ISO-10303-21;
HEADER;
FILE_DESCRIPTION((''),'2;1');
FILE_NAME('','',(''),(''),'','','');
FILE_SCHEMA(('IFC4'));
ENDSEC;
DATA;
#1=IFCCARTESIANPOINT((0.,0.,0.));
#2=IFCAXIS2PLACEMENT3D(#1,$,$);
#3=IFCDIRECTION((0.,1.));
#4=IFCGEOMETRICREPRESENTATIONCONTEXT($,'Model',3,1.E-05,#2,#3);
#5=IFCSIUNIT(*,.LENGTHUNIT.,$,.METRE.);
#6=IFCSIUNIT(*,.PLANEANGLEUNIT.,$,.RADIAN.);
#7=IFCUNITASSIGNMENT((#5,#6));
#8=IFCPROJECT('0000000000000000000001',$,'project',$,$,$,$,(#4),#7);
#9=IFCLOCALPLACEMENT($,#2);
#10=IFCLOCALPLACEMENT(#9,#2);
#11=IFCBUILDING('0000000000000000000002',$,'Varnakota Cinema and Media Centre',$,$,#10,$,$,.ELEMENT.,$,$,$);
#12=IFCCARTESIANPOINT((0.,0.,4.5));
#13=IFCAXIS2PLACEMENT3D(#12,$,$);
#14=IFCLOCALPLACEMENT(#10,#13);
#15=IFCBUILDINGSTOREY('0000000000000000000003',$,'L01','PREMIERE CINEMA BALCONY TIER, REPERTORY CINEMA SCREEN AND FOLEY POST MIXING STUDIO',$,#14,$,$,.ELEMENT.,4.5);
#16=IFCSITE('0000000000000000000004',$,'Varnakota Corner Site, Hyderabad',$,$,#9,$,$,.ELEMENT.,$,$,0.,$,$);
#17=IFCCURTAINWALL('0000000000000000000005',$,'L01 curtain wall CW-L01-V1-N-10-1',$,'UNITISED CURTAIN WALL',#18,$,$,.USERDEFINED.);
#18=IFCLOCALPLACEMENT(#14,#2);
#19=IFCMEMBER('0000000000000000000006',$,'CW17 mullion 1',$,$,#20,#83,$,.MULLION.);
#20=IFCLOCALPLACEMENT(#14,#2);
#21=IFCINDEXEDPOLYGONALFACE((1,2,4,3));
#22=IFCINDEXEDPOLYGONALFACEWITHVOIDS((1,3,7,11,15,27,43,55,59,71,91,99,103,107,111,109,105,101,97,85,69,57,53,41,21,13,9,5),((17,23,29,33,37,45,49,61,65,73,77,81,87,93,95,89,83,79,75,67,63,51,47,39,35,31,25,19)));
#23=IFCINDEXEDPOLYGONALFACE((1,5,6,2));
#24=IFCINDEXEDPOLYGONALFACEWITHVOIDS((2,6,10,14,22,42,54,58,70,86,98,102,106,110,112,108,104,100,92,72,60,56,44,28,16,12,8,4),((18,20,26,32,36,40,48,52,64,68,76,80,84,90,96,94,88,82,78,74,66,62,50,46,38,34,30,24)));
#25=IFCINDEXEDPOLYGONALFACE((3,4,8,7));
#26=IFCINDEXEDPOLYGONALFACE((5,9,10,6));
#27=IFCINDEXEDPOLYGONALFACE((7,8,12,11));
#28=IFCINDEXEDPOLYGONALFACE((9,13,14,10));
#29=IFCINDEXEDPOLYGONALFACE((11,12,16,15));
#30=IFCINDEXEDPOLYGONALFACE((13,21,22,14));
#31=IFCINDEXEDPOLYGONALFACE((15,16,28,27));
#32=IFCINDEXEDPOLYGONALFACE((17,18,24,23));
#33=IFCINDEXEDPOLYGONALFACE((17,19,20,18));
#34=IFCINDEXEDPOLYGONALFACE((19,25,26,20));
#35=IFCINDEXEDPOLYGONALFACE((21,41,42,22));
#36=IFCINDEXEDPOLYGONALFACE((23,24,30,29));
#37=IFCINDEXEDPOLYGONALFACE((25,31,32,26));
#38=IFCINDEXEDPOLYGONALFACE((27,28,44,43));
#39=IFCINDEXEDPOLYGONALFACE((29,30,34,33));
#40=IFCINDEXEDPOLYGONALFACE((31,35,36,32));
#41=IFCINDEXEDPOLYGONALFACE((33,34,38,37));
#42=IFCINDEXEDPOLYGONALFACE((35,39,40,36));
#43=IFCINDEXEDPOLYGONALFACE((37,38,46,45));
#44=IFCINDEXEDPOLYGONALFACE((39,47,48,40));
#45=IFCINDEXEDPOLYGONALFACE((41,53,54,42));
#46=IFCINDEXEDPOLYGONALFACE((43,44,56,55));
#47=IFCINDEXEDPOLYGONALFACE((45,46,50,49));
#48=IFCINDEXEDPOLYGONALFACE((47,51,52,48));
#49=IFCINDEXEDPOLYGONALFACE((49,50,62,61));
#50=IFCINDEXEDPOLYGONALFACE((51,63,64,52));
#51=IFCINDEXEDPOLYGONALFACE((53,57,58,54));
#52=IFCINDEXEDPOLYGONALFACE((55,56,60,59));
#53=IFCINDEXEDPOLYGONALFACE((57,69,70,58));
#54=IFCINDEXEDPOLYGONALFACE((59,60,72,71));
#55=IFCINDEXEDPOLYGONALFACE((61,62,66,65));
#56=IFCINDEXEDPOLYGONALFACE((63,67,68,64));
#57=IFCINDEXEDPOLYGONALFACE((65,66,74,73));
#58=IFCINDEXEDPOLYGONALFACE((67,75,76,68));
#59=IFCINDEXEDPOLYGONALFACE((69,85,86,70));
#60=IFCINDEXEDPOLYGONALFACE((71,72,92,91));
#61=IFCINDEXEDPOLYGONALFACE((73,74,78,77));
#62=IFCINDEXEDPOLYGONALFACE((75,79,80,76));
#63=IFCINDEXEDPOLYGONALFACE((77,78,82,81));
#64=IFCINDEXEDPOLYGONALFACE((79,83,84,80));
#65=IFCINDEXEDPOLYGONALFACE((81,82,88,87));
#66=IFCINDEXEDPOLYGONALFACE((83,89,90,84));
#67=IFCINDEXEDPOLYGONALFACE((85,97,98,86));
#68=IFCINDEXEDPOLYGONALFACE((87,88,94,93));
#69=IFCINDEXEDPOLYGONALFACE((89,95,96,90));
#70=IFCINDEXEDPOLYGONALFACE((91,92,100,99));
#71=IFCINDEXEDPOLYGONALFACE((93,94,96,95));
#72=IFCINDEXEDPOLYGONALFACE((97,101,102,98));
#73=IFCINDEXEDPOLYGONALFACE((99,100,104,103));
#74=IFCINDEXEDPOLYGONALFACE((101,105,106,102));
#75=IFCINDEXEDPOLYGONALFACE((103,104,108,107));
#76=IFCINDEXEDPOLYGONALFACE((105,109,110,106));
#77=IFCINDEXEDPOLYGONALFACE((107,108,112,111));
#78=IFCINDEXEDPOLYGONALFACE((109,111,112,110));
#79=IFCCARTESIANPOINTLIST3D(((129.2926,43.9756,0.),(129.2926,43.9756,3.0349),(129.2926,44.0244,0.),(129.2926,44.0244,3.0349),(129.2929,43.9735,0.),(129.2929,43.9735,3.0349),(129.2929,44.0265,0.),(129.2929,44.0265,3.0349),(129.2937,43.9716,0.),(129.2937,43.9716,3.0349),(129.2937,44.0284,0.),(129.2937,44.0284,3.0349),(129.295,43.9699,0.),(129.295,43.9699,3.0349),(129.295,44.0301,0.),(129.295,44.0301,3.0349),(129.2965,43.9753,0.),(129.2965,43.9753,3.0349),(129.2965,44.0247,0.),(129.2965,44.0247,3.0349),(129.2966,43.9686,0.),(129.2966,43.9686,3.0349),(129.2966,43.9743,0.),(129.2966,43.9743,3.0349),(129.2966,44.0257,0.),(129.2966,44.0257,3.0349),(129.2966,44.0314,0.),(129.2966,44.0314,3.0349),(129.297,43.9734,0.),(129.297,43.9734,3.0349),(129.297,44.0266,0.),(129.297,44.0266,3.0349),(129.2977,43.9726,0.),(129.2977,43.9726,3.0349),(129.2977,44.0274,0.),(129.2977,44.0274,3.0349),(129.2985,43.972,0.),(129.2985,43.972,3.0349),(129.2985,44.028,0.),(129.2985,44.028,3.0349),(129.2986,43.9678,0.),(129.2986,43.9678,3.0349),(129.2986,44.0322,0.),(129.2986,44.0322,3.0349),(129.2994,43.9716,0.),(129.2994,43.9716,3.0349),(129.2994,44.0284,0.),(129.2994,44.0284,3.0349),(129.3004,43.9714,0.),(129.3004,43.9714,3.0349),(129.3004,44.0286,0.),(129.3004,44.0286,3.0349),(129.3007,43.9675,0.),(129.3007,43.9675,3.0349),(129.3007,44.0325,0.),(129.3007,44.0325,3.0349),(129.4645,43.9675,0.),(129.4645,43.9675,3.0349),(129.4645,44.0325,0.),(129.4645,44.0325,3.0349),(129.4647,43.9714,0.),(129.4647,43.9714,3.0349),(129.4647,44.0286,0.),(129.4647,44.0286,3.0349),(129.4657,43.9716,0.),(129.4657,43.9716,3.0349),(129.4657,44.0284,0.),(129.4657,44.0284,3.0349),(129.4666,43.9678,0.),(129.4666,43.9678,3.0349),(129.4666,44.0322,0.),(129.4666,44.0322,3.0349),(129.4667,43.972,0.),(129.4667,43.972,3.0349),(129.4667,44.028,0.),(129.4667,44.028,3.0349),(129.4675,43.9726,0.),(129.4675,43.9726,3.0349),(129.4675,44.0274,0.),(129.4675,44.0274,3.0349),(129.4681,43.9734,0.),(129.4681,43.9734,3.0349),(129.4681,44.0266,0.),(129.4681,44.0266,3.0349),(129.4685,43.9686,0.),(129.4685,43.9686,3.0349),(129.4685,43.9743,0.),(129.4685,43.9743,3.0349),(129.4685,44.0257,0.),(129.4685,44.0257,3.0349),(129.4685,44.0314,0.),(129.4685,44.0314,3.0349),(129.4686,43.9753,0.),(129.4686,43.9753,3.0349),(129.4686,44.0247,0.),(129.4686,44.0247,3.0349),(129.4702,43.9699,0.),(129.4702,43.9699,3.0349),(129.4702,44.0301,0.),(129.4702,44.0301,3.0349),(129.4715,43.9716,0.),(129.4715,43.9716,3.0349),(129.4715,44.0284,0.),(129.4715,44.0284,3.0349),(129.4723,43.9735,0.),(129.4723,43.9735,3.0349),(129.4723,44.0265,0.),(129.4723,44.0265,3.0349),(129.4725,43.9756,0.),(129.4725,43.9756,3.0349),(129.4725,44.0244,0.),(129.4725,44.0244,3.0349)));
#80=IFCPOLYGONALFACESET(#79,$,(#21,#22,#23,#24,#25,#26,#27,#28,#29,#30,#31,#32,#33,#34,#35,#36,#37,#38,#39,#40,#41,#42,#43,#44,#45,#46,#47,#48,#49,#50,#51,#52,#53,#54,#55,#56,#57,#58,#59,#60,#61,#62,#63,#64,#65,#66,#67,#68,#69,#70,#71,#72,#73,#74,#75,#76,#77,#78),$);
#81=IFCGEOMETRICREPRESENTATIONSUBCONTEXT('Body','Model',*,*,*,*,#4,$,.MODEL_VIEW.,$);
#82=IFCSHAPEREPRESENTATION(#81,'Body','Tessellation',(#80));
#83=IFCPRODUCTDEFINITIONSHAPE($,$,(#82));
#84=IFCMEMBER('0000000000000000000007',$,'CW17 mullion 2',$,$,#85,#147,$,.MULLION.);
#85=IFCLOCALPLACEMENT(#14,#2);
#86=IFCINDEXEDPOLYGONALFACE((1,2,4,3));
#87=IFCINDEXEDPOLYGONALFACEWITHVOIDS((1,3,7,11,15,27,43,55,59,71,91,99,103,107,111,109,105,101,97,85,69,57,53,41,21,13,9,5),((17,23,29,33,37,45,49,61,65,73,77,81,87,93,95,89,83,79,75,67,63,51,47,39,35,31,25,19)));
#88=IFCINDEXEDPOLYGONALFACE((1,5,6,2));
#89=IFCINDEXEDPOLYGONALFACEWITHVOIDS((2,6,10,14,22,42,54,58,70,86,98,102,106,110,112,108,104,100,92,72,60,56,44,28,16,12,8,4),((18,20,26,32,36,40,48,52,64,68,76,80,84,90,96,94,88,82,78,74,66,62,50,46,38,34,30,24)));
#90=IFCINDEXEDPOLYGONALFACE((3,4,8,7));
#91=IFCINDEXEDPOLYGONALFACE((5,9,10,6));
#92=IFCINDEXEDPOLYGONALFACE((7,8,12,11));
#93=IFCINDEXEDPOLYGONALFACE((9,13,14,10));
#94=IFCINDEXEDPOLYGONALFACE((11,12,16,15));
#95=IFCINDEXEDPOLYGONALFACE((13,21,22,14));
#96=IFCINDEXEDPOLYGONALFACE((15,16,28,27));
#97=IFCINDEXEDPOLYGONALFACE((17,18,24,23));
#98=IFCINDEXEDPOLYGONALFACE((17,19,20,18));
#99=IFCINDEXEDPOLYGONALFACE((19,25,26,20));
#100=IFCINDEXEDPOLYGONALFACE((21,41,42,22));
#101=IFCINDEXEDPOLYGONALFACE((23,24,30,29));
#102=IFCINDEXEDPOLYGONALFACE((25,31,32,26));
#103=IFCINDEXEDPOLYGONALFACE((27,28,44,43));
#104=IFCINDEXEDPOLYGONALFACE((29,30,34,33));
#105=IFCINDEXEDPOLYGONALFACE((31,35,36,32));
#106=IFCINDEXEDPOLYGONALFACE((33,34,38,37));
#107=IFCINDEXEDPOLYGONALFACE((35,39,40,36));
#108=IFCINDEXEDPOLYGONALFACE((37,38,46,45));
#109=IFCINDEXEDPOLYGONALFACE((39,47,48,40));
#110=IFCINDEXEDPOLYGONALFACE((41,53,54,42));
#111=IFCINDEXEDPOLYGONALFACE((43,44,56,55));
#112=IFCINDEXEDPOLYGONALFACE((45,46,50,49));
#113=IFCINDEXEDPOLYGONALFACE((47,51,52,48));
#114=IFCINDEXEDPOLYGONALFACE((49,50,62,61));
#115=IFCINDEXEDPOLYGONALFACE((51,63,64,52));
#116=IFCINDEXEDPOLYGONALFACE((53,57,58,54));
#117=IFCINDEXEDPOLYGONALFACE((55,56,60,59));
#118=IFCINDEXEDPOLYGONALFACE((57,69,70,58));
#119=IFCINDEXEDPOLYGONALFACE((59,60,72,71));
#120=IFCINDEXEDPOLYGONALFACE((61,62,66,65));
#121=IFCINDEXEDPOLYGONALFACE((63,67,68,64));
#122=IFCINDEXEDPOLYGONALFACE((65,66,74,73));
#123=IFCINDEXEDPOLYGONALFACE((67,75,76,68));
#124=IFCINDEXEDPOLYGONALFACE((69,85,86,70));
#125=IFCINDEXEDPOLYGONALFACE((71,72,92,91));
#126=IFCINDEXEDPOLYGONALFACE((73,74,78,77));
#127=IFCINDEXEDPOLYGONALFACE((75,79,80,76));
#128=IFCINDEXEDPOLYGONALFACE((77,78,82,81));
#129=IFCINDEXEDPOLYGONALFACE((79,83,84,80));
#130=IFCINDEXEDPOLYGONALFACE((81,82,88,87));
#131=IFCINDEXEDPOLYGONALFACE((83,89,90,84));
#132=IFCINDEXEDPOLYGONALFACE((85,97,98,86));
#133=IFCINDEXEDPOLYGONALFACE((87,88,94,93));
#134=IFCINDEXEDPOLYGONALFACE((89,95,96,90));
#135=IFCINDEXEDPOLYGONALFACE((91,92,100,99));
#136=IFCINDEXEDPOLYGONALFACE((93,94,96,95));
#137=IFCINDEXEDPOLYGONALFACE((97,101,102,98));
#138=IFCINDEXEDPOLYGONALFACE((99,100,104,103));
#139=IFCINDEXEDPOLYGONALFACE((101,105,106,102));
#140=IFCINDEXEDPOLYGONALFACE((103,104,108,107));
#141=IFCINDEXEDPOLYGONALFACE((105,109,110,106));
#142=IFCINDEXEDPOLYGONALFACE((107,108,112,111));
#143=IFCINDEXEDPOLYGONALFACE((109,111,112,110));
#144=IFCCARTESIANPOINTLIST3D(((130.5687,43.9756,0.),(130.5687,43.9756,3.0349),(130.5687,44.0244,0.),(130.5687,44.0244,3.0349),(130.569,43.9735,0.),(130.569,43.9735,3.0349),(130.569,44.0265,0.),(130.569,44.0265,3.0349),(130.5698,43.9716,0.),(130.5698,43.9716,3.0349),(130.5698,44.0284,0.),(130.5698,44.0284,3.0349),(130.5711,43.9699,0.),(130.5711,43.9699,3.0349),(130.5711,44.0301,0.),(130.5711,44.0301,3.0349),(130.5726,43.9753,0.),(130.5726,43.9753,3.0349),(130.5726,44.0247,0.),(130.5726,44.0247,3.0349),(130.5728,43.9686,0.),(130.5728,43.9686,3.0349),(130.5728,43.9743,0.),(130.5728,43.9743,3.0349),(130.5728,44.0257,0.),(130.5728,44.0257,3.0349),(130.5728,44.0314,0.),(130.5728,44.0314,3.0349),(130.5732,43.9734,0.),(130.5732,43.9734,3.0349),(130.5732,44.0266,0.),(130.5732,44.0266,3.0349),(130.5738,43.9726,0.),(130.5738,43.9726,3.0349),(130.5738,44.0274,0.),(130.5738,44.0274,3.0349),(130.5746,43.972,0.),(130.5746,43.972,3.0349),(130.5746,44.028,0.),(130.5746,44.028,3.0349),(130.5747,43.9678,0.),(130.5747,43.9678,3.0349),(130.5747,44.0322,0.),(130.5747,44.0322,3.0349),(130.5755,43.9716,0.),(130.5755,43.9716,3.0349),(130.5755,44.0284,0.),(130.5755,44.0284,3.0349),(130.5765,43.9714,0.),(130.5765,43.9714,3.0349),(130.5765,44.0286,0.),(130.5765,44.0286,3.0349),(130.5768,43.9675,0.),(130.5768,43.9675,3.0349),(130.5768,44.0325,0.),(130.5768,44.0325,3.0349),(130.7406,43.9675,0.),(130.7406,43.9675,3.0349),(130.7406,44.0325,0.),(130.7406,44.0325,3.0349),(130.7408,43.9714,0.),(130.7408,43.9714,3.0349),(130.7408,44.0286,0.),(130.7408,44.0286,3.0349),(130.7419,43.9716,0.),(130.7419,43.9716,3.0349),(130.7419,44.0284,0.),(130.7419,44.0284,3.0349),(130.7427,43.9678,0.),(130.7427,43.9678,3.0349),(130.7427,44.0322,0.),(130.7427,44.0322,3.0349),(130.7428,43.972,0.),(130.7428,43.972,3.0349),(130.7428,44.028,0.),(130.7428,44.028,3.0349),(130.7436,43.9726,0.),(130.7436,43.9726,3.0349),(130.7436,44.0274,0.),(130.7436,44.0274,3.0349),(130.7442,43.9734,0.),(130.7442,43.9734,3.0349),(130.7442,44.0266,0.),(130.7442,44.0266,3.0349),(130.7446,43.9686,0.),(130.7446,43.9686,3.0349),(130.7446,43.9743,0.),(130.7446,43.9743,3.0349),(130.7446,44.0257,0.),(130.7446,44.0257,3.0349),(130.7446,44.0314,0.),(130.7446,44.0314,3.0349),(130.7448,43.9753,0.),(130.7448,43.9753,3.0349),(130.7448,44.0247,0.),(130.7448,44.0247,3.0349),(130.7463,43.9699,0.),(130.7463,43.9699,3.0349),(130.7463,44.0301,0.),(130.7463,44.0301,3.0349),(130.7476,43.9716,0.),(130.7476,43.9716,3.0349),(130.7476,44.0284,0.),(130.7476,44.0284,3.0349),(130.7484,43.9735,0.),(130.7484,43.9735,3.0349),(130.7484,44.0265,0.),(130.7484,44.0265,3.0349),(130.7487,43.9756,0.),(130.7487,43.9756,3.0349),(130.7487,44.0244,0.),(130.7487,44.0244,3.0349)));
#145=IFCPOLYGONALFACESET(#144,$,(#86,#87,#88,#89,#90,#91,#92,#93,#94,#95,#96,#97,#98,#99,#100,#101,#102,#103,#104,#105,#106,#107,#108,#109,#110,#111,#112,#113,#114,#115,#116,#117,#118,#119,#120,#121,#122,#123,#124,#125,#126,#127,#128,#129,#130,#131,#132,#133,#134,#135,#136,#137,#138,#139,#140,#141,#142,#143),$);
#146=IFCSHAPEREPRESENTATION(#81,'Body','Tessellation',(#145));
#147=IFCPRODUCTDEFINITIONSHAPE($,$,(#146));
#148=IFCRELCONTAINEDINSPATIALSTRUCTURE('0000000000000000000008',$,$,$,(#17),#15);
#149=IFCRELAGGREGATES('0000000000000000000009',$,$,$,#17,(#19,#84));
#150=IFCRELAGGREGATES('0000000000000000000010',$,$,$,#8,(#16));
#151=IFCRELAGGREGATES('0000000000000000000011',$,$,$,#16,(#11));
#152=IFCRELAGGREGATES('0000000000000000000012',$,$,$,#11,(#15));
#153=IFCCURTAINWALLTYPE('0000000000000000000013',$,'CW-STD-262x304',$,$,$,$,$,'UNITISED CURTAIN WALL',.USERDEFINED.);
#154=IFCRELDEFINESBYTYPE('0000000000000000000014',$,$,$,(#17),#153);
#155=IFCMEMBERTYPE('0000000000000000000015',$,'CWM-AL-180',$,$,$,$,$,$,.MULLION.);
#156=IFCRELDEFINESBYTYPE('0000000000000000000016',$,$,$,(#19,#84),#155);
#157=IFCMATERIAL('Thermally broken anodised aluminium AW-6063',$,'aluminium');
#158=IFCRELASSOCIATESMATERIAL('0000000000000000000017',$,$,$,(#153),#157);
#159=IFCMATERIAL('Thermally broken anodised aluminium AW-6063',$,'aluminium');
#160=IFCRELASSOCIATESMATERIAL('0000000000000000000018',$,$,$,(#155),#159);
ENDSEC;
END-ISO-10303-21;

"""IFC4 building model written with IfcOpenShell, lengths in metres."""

from ifc_helpers import new_model, si_unit, direction, frame, origin, origin_2d, place, context, subcontext, project, spatial, hollow_rectangle, extrude, material, material_profile, profile_set, type_object, element, aggregate, save


model = new_model("IFC4")

# Units and contexts
model_context = context("Model", 3, precision=1e-05, world=origin(), true_north=direction((0.0, 1.0)))
body_context = subcontext(model_context, "Body", "Model", "MODEL_VIEW")
ifc_project = project(units=[si_unit("LENGTHUNIT", "METRE"), si_unit("PLANEANGLEUNIT", "RADIAN")], contexts=[model_context])

# Site, building, storey
site_placement = place(None, origin())
site = spatial("IfcSite", under=ifc_project, at=site_placement, Name="Varnakota Corner Site, Hyderabad", CompositionType="ELEMENT", RefElevation=0.0)
building_placement = place(site_placement, origin())
building = spatial("IfcBuilding", under=site, at=building_placement, Name="Varnakota Cinema and Media Centre", CompositionType="ELEMENT")
storey_placement = place(building_placement, frame((0.0, 0.0, 4.5)))
storey = spatial("IfcBuildingStorey", under=building, at=storey_placement, Name="L01", Description="PREMIERE CINEMA BALCONY TIER, REPERTORY CINEMA SCREEN AND FOLEY POST MIXING STUDIO", CompositionType="ELEMENT", Elevation=4.5)

# Curtain wall, members
ifc_material_1 = material(Name="Thermally broken anodised aluminium AW-6063", Category="aluminium")
curtain_wall_type = type_object("IfcCurtainWallType", Name="CW-STD-262x304", ElementType="UNITISED CURTAIN WALL", PredefinedType="USERDEFINED", material=ifc_material_1)
ifc_material_2 = material(Name="Thermally broken anodised aluminium AW-6063", Category="aluminium")
ifc_material_profile_1 = material_profile(ifc_material_2, hollow_rectangle(XDim=0.0649, YDim=0.1799, WallThickness=0.0039, InnerFilletRadius=0.0039, OuterFilletRadius=0.0081, at=origin_2d()), Name="AL-MULLION 180x65x4")
ifc_profile_set_1 = profile_set([ifc_material_profile_1], Name="Thermally broken anodised aluminium AW-6063")
member_type_1 = type_object("IfcMemberType", Name="CWM-AL-180", PredefinedType="MULLION", material=ifc_profile_set_1)
curtain_wall_1_placement = place(storey_placement, origin())
curtain_wall_1 = element("IfcCurtainWall", 1, at=curtain_wall_1_placement, inside=storey, type_object=curtain_wall_type, Name="L01 curtain wall CW-L01-V1-N-10-1", ObjectType="UNITISED CURTAIN WALL", PredefinedType="USERDEFINED")
member_1_placement = place(storey_placement, frame((129.3826, 44.0, 0.0), z_axis=(0.0, 0.0, 1.0), x_axis=(0.0, 1.0, 0.0)))
member_1 = element("IfcMember", 2, at=member_1_placement, type_object=member_type_1, Name="CW17 mullion 1", PredefinedType="MULLION", context=body_context, shape_type="SweptSolid", body=[
    extrude(hollow_rectangle(XDim=0.0649, YDim=0.1799, WallThickness=0.0039, InnerFilletRadius=0.0039, OuterFilletRadius=0.0081, at=origin_2d()), origin(), (0.0, 0.0, 1.0), 3.0349),
])
member_2_placement = place(storey_placement, frame((130.6587, 44.0, 0.0), z_axis=(0.0, 0.0, 1.0), x_axis=(0.0, 1.0, 0.0)))
member_2 = element("IfcMember", 3, at=member_2_placement, type_object=member_type_1, Name="CW17 mullion 2", PredefinedType="MULLION", context=body_context, shape_type="SweptSolid", body=[
    extrude(hollow_rectangle(XDim=0.0649, YDim=0.1799, WallThickness=0.0039, InnerFilletRadius=0.0039, OuterFilletRadius=0.0081, at=origin_2d()), origin(), (0.0, 0.0, 1.0), 3.0349),
])

aggregate(curtain_wall_1, [member_1, member_2])

save(model, "model.ifc")
